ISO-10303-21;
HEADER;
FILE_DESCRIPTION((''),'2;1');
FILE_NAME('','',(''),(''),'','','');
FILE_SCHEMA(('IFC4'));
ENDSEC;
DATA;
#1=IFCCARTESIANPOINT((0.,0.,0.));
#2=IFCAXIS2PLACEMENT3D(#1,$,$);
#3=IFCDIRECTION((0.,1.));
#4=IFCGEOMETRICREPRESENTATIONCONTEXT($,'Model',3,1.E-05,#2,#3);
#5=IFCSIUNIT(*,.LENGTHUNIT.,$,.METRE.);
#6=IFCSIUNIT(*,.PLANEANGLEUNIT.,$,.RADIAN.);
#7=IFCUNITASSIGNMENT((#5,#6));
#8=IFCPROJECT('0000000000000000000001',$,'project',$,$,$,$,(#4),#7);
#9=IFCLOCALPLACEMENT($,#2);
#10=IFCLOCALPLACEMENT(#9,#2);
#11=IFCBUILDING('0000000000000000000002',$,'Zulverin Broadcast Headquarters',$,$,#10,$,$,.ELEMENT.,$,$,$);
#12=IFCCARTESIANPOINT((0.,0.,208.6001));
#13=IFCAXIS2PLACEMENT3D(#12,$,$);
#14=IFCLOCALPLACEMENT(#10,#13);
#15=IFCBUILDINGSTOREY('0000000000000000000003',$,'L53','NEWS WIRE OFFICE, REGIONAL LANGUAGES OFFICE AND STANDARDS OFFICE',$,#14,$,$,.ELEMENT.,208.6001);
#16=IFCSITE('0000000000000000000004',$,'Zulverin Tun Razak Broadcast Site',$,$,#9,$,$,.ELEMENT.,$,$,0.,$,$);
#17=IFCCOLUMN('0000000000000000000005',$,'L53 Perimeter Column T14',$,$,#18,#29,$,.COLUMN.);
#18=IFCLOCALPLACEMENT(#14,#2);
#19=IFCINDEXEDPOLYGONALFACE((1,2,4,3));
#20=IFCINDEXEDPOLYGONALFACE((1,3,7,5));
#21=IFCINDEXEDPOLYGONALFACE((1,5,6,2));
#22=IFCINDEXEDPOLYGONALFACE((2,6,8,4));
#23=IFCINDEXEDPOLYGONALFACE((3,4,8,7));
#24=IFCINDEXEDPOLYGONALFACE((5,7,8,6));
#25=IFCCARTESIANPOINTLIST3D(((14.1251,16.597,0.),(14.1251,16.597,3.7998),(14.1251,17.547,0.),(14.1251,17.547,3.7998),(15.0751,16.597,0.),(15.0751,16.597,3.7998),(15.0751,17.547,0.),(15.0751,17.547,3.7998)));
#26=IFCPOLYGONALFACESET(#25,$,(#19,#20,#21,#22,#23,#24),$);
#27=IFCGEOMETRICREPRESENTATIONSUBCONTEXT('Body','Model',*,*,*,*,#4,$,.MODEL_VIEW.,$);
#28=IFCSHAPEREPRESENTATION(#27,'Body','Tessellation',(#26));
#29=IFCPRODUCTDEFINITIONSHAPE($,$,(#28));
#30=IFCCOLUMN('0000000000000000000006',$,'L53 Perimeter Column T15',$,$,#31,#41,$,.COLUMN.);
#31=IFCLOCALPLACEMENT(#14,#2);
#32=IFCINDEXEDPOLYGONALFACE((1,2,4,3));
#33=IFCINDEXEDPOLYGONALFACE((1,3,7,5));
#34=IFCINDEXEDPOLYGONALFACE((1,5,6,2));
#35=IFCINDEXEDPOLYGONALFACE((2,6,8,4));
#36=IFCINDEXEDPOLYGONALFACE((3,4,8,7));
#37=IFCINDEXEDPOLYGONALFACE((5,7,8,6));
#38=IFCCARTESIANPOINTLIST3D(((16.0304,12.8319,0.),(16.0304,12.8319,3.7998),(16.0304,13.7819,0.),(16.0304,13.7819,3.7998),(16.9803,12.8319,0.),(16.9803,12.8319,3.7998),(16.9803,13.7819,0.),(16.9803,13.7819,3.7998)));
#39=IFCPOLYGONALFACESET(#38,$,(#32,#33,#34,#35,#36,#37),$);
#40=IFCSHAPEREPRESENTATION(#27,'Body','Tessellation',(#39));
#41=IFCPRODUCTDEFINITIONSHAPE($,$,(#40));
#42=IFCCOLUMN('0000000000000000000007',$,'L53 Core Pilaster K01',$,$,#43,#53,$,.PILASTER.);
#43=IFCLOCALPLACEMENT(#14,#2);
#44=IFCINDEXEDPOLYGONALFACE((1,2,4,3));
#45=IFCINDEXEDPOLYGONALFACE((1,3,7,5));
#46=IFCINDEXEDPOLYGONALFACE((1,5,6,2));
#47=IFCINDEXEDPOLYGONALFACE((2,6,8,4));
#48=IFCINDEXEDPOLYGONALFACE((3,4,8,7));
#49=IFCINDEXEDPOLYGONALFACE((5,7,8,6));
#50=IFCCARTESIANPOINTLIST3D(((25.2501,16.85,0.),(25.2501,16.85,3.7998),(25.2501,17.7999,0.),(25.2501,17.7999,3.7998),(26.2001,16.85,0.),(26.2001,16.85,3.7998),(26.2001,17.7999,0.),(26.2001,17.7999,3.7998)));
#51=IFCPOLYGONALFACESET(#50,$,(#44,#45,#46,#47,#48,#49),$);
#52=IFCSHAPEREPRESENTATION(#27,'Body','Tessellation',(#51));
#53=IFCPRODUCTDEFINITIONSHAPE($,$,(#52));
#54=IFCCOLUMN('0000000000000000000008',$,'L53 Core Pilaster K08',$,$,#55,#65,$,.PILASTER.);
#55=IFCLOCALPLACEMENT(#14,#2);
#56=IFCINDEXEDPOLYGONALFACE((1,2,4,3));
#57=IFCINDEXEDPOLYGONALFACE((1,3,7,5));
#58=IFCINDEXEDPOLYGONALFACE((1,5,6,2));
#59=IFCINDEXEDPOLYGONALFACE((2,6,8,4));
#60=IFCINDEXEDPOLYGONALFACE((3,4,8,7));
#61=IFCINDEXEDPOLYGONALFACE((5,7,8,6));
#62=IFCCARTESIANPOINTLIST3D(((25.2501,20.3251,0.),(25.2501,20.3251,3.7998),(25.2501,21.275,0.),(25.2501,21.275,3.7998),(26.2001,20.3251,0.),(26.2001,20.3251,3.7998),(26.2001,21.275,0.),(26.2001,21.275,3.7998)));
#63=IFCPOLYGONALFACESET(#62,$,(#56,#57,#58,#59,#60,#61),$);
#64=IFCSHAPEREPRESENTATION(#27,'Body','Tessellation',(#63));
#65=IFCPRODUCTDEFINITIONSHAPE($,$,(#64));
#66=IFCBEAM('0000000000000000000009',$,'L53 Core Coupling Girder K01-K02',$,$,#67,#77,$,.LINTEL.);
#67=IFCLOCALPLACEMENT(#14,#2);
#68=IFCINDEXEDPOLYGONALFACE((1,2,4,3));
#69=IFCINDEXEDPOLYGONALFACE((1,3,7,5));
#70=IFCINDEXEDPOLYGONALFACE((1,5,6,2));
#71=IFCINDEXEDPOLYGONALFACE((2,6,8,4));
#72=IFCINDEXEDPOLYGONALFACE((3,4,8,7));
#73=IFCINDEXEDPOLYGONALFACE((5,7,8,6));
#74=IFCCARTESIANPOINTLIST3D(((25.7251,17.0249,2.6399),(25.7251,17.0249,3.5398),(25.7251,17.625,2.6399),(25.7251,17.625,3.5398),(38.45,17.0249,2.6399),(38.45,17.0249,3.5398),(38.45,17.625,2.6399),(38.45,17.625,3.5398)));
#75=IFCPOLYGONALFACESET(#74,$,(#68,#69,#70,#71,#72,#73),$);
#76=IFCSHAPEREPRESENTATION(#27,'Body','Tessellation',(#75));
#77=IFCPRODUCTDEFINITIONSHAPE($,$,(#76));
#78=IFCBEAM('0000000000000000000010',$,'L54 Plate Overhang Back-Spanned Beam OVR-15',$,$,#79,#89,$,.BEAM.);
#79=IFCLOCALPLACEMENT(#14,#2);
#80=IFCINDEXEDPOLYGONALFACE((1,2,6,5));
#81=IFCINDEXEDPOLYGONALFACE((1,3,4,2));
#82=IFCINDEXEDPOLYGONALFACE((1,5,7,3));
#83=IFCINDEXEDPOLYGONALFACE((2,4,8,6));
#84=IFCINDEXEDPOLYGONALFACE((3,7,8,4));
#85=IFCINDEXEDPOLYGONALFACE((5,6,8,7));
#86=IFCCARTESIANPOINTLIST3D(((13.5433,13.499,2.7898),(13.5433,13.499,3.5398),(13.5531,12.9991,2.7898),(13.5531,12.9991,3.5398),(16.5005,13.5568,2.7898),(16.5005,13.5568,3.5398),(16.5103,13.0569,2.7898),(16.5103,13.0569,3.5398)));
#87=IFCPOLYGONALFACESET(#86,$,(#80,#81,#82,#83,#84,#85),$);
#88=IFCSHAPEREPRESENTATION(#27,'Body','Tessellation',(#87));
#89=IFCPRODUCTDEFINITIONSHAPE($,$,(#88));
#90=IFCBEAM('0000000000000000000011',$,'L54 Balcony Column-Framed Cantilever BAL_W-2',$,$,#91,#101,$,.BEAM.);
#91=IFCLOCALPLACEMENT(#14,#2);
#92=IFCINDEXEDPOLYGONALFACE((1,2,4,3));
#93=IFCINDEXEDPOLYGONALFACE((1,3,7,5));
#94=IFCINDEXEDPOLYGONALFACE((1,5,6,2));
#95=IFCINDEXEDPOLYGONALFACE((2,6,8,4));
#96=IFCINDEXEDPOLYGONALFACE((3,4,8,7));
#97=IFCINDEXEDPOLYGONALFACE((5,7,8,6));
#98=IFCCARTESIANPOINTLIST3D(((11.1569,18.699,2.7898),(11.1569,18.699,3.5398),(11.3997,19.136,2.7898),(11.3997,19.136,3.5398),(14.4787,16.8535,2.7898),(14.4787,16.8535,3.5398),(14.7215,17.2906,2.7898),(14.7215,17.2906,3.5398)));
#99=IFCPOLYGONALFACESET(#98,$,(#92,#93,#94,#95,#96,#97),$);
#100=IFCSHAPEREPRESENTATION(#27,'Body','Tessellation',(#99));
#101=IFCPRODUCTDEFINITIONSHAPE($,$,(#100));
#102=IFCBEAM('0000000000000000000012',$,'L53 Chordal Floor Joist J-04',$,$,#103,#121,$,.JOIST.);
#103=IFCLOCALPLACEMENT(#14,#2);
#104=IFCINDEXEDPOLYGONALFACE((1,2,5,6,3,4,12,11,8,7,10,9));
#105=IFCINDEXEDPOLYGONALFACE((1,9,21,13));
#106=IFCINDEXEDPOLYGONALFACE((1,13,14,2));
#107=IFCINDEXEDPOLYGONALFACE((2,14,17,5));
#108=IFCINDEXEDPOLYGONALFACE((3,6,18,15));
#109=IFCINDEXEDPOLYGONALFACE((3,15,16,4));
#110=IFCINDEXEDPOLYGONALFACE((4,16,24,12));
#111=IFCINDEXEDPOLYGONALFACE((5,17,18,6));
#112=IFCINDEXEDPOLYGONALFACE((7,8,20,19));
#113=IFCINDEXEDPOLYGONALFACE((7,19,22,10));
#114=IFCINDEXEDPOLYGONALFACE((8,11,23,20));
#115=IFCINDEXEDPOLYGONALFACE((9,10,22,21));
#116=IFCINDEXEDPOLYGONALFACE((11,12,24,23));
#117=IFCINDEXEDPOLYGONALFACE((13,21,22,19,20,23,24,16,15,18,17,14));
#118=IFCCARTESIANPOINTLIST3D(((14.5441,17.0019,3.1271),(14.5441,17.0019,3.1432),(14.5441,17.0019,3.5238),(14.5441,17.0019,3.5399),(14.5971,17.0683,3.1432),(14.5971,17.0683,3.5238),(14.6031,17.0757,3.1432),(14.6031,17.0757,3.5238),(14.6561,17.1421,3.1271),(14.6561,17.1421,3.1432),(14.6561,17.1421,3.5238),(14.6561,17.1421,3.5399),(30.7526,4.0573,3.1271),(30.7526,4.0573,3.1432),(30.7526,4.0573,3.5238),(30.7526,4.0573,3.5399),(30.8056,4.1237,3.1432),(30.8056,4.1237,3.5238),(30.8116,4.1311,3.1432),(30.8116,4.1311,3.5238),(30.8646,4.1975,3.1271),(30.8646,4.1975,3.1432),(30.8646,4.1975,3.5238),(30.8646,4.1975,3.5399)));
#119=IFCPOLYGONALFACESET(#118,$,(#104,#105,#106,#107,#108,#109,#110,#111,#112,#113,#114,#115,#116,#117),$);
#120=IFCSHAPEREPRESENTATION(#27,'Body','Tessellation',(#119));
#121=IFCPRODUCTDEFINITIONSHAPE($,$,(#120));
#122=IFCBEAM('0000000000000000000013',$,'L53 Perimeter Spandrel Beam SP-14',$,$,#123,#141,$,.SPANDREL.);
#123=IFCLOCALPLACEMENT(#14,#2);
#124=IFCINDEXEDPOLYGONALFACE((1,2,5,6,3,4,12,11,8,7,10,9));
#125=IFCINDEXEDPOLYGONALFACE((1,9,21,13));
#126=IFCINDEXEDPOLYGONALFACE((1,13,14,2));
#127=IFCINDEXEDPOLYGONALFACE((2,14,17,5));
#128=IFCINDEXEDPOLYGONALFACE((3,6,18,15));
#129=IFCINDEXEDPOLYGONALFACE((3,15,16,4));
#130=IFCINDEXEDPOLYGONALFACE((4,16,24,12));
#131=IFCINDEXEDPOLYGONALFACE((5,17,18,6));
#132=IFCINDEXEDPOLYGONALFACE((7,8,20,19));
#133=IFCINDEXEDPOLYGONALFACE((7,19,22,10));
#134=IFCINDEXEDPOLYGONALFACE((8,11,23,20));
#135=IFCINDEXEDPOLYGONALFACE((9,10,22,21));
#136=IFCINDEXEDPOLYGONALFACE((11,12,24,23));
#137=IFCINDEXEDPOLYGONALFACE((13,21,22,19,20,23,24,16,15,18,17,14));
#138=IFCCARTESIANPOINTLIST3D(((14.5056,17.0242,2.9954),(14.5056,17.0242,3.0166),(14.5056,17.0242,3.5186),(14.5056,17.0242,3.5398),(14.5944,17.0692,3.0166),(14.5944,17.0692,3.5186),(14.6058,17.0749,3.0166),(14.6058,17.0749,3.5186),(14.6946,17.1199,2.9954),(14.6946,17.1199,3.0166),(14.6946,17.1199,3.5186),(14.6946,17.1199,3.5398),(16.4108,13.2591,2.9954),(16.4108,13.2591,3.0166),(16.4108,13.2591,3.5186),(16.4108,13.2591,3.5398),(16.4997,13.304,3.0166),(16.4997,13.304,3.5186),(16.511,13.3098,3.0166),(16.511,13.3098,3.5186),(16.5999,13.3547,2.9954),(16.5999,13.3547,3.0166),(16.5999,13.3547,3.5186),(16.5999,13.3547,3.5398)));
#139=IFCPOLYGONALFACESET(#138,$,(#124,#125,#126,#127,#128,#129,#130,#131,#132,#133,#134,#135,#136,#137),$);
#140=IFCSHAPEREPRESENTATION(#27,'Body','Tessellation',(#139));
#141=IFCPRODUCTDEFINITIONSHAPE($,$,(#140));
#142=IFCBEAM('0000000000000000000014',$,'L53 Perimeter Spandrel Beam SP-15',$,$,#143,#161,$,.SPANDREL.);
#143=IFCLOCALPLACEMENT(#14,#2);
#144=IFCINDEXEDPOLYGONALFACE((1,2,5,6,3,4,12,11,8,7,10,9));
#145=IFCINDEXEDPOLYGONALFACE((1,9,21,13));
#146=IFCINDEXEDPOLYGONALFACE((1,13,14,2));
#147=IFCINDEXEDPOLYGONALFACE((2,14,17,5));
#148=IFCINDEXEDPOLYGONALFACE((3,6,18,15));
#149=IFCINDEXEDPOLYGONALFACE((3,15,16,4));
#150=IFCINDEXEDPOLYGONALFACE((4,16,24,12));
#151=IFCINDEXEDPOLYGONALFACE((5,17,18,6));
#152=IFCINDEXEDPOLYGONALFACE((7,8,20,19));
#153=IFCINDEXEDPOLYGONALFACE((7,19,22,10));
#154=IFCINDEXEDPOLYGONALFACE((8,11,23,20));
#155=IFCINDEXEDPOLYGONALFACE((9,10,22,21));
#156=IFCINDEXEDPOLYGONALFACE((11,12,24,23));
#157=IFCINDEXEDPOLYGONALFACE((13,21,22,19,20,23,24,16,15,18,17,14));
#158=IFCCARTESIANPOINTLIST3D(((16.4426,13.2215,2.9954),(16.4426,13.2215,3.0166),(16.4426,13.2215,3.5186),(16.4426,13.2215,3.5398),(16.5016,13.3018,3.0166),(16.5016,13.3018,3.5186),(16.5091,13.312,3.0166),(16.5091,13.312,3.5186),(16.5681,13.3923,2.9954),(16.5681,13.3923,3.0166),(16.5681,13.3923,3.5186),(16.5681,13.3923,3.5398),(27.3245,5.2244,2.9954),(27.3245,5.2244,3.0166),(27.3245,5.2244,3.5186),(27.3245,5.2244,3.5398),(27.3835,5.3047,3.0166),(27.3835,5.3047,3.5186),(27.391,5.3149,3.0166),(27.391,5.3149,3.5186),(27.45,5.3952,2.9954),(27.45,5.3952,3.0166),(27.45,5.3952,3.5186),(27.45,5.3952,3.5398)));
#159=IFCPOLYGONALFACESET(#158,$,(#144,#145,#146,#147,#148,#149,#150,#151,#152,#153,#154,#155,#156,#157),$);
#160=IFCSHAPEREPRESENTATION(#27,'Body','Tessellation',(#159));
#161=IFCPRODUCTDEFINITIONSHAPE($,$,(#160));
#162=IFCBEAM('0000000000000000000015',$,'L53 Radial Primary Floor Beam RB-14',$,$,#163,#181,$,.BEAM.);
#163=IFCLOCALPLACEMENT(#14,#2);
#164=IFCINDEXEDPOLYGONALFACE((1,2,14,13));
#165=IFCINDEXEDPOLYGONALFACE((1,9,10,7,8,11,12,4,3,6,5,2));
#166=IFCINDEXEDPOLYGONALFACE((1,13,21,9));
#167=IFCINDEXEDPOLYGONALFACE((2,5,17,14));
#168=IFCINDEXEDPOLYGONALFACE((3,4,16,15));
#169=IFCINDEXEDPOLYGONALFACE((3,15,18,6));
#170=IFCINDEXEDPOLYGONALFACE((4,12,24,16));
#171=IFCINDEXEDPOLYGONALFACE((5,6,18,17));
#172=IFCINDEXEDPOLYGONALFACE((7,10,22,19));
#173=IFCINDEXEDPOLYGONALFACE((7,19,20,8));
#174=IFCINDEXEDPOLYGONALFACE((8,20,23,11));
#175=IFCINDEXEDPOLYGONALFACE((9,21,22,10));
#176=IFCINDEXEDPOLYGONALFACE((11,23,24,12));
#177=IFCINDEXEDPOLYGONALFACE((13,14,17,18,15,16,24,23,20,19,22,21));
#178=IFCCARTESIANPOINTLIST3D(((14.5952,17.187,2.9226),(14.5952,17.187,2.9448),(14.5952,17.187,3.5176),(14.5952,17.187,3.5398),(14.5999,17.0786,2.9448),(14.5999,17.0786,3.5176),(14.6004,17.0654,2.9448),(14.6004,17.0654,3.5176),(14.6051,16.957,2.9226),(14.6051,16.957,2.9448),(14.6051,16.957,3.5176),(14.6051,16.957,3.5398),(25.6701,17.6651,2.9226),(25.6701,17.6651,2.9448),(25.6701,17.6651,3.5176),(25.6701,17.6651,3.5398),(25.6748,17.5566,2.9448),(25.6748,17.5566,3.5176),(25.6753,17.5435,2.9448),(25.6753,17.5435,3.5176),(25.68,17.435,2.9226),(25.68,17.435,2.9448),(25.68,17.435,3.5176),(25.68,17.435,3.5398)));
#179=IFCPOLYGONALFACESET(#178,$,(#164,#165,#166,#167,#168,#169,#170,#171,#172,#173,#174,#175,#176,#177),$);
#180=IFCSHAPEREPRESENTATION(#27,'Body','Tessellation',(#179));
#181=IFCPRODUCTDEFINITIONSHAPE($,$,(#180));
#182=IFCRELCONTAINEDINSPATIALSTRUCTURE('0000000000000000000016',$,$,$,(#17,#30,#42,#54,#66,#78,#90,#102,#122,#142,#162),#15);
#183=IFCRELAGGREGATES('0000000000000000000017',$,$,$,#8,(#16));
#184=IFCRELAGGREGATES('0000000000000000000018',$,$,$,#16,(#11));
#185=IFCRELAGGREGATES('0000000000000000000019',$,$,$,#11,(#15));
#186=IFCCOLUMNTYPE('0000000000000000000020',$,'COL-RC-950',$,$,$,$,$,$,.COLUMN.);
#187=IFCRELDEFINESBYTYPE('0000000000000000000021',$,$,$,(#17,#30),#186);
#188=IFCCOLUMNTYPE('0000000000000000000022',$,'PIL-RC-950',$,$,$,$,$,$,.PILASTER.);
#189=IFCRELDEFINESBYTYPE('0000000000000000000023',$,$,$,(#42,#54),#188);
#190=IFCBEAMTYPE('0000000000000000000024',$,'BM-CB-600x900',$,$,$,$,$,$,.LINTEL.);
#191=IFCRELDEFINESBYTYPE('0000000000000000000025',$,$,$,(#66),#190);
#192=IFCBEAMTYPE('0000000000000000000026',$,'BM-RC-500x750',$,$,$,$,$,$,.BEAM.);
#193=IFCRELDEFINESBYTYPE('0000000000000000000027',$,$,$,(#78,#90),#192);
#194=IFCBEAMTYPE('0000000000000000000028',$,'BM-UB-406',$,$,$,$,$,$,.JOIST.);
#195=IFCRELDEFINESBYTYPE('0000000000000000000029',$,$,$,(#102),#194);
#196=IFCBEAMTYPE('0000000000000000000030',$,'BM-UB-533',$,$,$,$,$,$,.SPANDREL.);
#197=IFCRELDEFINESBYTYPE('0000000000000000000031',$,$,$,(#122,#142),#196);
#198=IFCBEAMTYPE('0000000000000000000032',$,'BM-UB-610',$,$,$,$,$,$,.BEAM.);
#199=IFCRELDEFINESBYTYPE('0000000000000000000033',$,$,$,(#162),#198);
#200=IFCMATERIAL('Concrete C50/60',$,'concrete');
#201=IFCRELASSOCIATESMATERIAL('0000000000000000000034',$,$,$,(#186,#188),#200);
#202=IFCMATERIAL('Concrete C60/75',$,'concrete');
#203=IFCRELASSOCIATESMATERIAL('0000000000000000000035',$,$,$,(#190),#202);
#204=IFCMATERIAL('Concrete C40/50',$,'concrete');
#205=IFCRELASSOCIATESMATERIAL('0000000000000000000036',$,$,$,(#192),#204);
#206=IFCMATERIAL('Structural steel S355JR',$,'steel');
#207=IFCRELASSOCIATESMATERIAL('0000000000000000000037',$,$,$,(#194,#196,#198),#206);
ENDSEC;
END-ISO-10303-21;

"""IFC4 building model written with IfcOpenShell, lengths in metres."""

from ifc_helpers import new_model, si_unit, direction, frame, origin, origin_2d, place, context, subcontext, project, spatial, rectangle, i_section, extrude, material, material_profile, profile_set, type_object, element, save


model = new_model("IFC4")

# Units and contexts
model_context = context("Model", 3, precision=1e-05, world=origin(), true_north=direction((0.0, 1.0)))
body_context = subcontext(model_context, "Body", "Model", "MODEL_VIEW")
ifc_project = project(units=[si_unit("LENGTHUNIT", "METRE"), si_unit("PLANEANGLEUNIT", "RADIAN")], contexts=[model_context])

# Site, building, storey
site_placement = place(None, origin())
site = spatial("IfcSite", under=ifc_project, at=site_placement, Name="Zulverin Tun Razak Broadcast Site", CompositionType="ELEMENT", RefElevation=0.0)
building_placement = place(site_placement, origin())
building = spatial("IfcBuilding", under=site, at=building_placement, Name="Zulverin Broadcast Headquarters", CompositionType="ELEMENT")
storey_placement = place(building_placement, frame((0.0, 0.0, 208.6001)))
storey = spatial("IfcBuildingStorey", under=building, at=storey_placement, Name="L53", Description="NEWS WIRE OFFICE, REGIONAL LANGUAGES OFFICE AND STANDARDS OFFICE", CompositionType="ELEMENT", Elevation=208.6001)

# Columns
ifc_material_1 = material(Name="Concrete C50/60", Category="concrete")
ifc_material_profile_1 = material_profile(ifc_material_1, rectangle(XDim=0.95, YDim=0.95, at=origin_2d()), Name="Concrete C50/60", Category="concrete")
ifc_profile_set_1 = profile_set([ifc_material_profile_1], Name="Concrete C50/60")
column_type_1 = type_object("IfcColumnType", Name="COL-RC-950", PredefinedType="COLUMN", material=ifc_profile_set_1)
for number, where, z_axis, x_axis, name in (
    (1, (14.6001, 17.072, 0.0), (0.0, 0.0, 1.0), (1.0, 0.0, 0.0), "L53 Perimeter Column T14"),
    (2, (16.5054, 13.3069, 0.0), (0.0, 0.0, 1.0), (1.0, 0.0, 0.0), "L53 Perimeter Column T15"),
):
    element("IfcColumn", number, at=place(storey_placement, frame(where, z_axis=z_axis, x_axis=x_axis)), inside=storey, type_object=column_type_1, Name=name, PredefinedType="COLUMN", context=body_context, shape_type="SweptSolid", body=[
        extrude(rectangle(XDim=0.95, YDim=0.95, at=origin_2d()), origin(), (0.0, 0.0, 1.0), 3.7998),
    ])
ifc_material_profile_2 = material_profile(ifc_material_1, rectangle(XDim=0.95, YDim=0.95, at=origin_2d()), Name="Concrete C50/60", Category="concrete")
ifc_profile_set_2 = profile_set([ifc_material_profile_2], Name="Concrete C50/60")
column_type_2 = type_object("IfcColumnType", Name="PIL-RC-950", PredefinedType="PILASTER", material=ifc_profile_set_2)
for number, where, z_axis, x_axis, name in (
    (3, (25.7251, 17.325, 0.0), (0.0, 0.0, 1.0), (1.0, 0.0, 0.0), "L53 Core Pilaster K01"),
    (4, (25.7251, 20.8, 0.0), (0.0, 0.0, 1.0), (1.0, 0.0, 0.0), "L53 Core Pilaster K08"),
):
    element("IfcColumn", number, at=place(storey_placement, frame(where, z_axis=z_axis, x_axis=x_axis)), inside=storey, type_object=column_type_2, Name=name, PredefinedType="PILASTER", context=body_context, shape_type="SweptSolid", body=[
        extrude(rectangle(XDim=0.95, YDim=0.95, at=origin_2d()), origin(), (0.0, 0.0, 1.0), 3.7998),
    ])

# Beams
ifc_material_2 = material(Name="Concrete C60/75", Category="concrete")
ifc_material_profile_3 = material_profile(ifc_material_2, rectangle(XDim=0.6001, YDim=0.8999, at=origin_2d()), Name="Concrete C60/75", Category="concrete")
ifc_profile_set_3 = profile_set([ifc_material_profile_3], Name="Concrete C60/75")
beam_type_1 = type_object("IfcBeamType", Name="BM-CB-600x900", PredefinedType="LINTEL", material=ifc_profile_set_3)
beam_1_placement = place(storey_placement, frame((25.7251, 17.325, 3.0898), z_axis=(1.0, 0.0, 0.0), x_axis=(0.0, 1.0, 0.0)))
element("IfcBeam", 5, at=beam_1_placement, inside=storey, type_object=beam_type_1, Name="L53 Core Coupling Girder K01-K02", PredefinedType="LINTEL", context=body_context, shape_type="SweptSolid", body=[
    extrude(rectangle(XDim=0.6001, YDim=0.8999, at=origin_2d()), origin(), (0.0, 0.0, 1.0), 12.7249),
])
ifc_material_3 = material(Name="Concrete C40/50", Category="concrete")
ifc_material_profile_4 = material_profile(ifc_material_3, rectangle(XDim=0.5, YDim=0.75, at=origin_2d()), Name="Concrete C40/50", Category="concrete")
ifc_profile_set_4 = profile_set([ifc_material_profile_4], Name="Concrete C40/50")
beam_type_2 = type_object("IfcBeamType", Name="BM-RC-500x750", PredefinedType="BEAM", material=ifc_profile_set_4)
beam_2_placement = place(storey_placement, frame((16.5054, 13.3069, 3.1648), z_axis=(-0.999809, -0.019562, 0.0), x_axis=(0.019562, -0.999809, 0.0)))
element("IfcBeam", 6, at=beam_2_placement, inside=storey, type_object=beam_type_2, Name="L54 Plate Overhang Back-Spanned Beam OVR-15", PredefinedType="BEAM", context=body_context, shape_type="SweptSolid", body=[
    extrude(rectangle(XDim=0.5, YDim=0.75, at=origin_2d()), origin(), (0.0, 0.0, 1.0), 2.9578),
])
beam_3_placement = place(storey_placement, frame((14.6001, 17.072, 3.1648), z_axis=(-0.874154, 0.485648, 0.0), x_axis=(-0.485648, -0.874154, 0.0)))
element("IfcBeam", 7, at=beam_3_placement, inside=storey, type_object=beam_type_2, Name="L54 Balcony Column-Framed Cantilever BAL_W-2", PredefinedType="BEAM", context=body_context, shape_type="SweptSolid", body=[
    extrude(rectangle(XDim=0.5, YDim=0.75, at=origin_2d()), origin(), (0.0, 0.0, 1.0), 3.8),
])
ifc_material_4 = material(Name="Structural steel S355JR", Category="steel")
ifc_material_profile_5 = material_profile(ifc_material_4, i_section(OverallWidth=0.1794, OverallDepth=0.4128, WebThickness=0.0095, FlangeThickness=0.0161, at=origin_2d()), Name="Structural steel S355JR", Category="steel")
ifc_profile_set_5 = profile_set([ifc_material_profile_5], Name="Structural steel S355JR")
beam_type_3 = type_object("IfcBeamType", Name="BM-UB-406", PredefinedType="JOIST", material=ifc_profile_set_5)
beam_4_placement = place(storey_placement, frame((14.6001, 17.072, 3.3335), z_axis=(0.781391, -0.624042, 0.0), x_axis=(0.624042, 0.781391, 0.0)))
element("IfcBeam", 8, at=beam_4_placement, inside=storey, type_object=beam_type_3, Name="L53 Chordal Floor Joist J-04", PredefinedType="JOIST", context=body_context, shape_type="SweptSolid", body=[
    extrude(i_section(OverallWidth=0.1794, OverallDepth=0.4128, WebThickness=0.0095, FlangeThickness=0.0161, at=origin_2d()), origin(), (0.0, 0.0, 1.0), 20.7432),
])
ifc_material_profile_6 = material_profile(ifc_material_4, i_section(OverallWidth=0.2119, OverallDepth=0.5444, WebThickness=0.0127, FlangeThickness=0.0212, at=origin_2d()), Name="Structural steel S355JR", Category="steel")
ifc_profile_set_6 = profile_set([ifc_material_profile_6], Name="Structural steel S355JR")
beam_type_4 = type_object("IfcBeamType", Name="BM-UB-533", PredefinedType="SPANDREL", material=ifc_profile_set_6)
beam_5_placement = place(storey_placement, frame((14.6001, 17.072, 3.2676), z_axis=(0.451513, -0.892265, 0.0), x_axis=(0.892265, 0.451513, 0.0)))
element("IfcBeam", 9, at=beam_5_placement, inside=storey, type_object=beam_type_4, Name="L53 Perimeter Spandrel Beam SP-14", PredefinedType="SPANDREL", context=body_context, shape_type="SweptSolid", body=[
    extrude(i_section(OverallWidth=0.2119, OverallDepth=0.5444, WebThickness=0.0127, FlangeThickness=0.0212, at=origin_2d()), origin(), (0.0, 0.0, 1.0), 4.2197),
])
beam_6_placement = place(storey_placement, frame((16.5054, 13.3069, 3.2676), z_axis=(0.805802, -0.592185, 0.0), x_axis=(0.592185, 0.805802, 0.0)))
element("IfcBeam", 10, at=beam_6_placement, inside=storey, type_object=beam_type_4, Name="L53 Perimeter Spandrel Beam SP-15", PredefinedType="SPANDREL", context=body_context, shape_type="SweptSolid", body=[
    extrude(i_section(OverallWidth=0.2119, OverallDepth=0.5444, WebThickness=0.0127, FlangeThickness=0.0212, at=origin_2d()), origin(), (0.0, 0.0, 1.0), 13.5044),
])
ifc_material_profile_7 = material_profile(ifc_material_4, i_section(OverallWidth=0.2302, OverallDepth=0.6172, WebThickness=0.0132, FlangeThickness=0.0222, at=origin_2d()), Name="Structural steel S355JR", Category="steel")
ifc_profile_set_7 = profile_set([ifc_material_profile_7], Name="Structural steel S355JR")
beam_type_5 = type_object("IfcBeamType", Name="BM-UB-610", PredefinedType="BEAM", material=ifc_profile_set_7)
beam_7_placement = place(storey_placement, frame((25.675, 17.55, 3.2312), z_axis=(-0.99907, -0.043123, 0.0), x_axis=(0.043123, -0.99907, 0.0)))
element("IfcBeam", 11, at=beam_7_placement, inside=storey, type_object=beam_type_5, Name="L53 Radial Primary Floor Beam RB-14", PredefinedType="BEAM", context=body_context, shape_type="SweptSolid", body=[
    extrude(i_section(OverallWidth=0.2302, OverallDepth=0.6172, WebThickness=0.0132, FlangeThickness=0.0222, at=origin_2d()), origin(), (0.0, 0.0, 1.0), 11.0852),
])

save(model, "model.ifc")
